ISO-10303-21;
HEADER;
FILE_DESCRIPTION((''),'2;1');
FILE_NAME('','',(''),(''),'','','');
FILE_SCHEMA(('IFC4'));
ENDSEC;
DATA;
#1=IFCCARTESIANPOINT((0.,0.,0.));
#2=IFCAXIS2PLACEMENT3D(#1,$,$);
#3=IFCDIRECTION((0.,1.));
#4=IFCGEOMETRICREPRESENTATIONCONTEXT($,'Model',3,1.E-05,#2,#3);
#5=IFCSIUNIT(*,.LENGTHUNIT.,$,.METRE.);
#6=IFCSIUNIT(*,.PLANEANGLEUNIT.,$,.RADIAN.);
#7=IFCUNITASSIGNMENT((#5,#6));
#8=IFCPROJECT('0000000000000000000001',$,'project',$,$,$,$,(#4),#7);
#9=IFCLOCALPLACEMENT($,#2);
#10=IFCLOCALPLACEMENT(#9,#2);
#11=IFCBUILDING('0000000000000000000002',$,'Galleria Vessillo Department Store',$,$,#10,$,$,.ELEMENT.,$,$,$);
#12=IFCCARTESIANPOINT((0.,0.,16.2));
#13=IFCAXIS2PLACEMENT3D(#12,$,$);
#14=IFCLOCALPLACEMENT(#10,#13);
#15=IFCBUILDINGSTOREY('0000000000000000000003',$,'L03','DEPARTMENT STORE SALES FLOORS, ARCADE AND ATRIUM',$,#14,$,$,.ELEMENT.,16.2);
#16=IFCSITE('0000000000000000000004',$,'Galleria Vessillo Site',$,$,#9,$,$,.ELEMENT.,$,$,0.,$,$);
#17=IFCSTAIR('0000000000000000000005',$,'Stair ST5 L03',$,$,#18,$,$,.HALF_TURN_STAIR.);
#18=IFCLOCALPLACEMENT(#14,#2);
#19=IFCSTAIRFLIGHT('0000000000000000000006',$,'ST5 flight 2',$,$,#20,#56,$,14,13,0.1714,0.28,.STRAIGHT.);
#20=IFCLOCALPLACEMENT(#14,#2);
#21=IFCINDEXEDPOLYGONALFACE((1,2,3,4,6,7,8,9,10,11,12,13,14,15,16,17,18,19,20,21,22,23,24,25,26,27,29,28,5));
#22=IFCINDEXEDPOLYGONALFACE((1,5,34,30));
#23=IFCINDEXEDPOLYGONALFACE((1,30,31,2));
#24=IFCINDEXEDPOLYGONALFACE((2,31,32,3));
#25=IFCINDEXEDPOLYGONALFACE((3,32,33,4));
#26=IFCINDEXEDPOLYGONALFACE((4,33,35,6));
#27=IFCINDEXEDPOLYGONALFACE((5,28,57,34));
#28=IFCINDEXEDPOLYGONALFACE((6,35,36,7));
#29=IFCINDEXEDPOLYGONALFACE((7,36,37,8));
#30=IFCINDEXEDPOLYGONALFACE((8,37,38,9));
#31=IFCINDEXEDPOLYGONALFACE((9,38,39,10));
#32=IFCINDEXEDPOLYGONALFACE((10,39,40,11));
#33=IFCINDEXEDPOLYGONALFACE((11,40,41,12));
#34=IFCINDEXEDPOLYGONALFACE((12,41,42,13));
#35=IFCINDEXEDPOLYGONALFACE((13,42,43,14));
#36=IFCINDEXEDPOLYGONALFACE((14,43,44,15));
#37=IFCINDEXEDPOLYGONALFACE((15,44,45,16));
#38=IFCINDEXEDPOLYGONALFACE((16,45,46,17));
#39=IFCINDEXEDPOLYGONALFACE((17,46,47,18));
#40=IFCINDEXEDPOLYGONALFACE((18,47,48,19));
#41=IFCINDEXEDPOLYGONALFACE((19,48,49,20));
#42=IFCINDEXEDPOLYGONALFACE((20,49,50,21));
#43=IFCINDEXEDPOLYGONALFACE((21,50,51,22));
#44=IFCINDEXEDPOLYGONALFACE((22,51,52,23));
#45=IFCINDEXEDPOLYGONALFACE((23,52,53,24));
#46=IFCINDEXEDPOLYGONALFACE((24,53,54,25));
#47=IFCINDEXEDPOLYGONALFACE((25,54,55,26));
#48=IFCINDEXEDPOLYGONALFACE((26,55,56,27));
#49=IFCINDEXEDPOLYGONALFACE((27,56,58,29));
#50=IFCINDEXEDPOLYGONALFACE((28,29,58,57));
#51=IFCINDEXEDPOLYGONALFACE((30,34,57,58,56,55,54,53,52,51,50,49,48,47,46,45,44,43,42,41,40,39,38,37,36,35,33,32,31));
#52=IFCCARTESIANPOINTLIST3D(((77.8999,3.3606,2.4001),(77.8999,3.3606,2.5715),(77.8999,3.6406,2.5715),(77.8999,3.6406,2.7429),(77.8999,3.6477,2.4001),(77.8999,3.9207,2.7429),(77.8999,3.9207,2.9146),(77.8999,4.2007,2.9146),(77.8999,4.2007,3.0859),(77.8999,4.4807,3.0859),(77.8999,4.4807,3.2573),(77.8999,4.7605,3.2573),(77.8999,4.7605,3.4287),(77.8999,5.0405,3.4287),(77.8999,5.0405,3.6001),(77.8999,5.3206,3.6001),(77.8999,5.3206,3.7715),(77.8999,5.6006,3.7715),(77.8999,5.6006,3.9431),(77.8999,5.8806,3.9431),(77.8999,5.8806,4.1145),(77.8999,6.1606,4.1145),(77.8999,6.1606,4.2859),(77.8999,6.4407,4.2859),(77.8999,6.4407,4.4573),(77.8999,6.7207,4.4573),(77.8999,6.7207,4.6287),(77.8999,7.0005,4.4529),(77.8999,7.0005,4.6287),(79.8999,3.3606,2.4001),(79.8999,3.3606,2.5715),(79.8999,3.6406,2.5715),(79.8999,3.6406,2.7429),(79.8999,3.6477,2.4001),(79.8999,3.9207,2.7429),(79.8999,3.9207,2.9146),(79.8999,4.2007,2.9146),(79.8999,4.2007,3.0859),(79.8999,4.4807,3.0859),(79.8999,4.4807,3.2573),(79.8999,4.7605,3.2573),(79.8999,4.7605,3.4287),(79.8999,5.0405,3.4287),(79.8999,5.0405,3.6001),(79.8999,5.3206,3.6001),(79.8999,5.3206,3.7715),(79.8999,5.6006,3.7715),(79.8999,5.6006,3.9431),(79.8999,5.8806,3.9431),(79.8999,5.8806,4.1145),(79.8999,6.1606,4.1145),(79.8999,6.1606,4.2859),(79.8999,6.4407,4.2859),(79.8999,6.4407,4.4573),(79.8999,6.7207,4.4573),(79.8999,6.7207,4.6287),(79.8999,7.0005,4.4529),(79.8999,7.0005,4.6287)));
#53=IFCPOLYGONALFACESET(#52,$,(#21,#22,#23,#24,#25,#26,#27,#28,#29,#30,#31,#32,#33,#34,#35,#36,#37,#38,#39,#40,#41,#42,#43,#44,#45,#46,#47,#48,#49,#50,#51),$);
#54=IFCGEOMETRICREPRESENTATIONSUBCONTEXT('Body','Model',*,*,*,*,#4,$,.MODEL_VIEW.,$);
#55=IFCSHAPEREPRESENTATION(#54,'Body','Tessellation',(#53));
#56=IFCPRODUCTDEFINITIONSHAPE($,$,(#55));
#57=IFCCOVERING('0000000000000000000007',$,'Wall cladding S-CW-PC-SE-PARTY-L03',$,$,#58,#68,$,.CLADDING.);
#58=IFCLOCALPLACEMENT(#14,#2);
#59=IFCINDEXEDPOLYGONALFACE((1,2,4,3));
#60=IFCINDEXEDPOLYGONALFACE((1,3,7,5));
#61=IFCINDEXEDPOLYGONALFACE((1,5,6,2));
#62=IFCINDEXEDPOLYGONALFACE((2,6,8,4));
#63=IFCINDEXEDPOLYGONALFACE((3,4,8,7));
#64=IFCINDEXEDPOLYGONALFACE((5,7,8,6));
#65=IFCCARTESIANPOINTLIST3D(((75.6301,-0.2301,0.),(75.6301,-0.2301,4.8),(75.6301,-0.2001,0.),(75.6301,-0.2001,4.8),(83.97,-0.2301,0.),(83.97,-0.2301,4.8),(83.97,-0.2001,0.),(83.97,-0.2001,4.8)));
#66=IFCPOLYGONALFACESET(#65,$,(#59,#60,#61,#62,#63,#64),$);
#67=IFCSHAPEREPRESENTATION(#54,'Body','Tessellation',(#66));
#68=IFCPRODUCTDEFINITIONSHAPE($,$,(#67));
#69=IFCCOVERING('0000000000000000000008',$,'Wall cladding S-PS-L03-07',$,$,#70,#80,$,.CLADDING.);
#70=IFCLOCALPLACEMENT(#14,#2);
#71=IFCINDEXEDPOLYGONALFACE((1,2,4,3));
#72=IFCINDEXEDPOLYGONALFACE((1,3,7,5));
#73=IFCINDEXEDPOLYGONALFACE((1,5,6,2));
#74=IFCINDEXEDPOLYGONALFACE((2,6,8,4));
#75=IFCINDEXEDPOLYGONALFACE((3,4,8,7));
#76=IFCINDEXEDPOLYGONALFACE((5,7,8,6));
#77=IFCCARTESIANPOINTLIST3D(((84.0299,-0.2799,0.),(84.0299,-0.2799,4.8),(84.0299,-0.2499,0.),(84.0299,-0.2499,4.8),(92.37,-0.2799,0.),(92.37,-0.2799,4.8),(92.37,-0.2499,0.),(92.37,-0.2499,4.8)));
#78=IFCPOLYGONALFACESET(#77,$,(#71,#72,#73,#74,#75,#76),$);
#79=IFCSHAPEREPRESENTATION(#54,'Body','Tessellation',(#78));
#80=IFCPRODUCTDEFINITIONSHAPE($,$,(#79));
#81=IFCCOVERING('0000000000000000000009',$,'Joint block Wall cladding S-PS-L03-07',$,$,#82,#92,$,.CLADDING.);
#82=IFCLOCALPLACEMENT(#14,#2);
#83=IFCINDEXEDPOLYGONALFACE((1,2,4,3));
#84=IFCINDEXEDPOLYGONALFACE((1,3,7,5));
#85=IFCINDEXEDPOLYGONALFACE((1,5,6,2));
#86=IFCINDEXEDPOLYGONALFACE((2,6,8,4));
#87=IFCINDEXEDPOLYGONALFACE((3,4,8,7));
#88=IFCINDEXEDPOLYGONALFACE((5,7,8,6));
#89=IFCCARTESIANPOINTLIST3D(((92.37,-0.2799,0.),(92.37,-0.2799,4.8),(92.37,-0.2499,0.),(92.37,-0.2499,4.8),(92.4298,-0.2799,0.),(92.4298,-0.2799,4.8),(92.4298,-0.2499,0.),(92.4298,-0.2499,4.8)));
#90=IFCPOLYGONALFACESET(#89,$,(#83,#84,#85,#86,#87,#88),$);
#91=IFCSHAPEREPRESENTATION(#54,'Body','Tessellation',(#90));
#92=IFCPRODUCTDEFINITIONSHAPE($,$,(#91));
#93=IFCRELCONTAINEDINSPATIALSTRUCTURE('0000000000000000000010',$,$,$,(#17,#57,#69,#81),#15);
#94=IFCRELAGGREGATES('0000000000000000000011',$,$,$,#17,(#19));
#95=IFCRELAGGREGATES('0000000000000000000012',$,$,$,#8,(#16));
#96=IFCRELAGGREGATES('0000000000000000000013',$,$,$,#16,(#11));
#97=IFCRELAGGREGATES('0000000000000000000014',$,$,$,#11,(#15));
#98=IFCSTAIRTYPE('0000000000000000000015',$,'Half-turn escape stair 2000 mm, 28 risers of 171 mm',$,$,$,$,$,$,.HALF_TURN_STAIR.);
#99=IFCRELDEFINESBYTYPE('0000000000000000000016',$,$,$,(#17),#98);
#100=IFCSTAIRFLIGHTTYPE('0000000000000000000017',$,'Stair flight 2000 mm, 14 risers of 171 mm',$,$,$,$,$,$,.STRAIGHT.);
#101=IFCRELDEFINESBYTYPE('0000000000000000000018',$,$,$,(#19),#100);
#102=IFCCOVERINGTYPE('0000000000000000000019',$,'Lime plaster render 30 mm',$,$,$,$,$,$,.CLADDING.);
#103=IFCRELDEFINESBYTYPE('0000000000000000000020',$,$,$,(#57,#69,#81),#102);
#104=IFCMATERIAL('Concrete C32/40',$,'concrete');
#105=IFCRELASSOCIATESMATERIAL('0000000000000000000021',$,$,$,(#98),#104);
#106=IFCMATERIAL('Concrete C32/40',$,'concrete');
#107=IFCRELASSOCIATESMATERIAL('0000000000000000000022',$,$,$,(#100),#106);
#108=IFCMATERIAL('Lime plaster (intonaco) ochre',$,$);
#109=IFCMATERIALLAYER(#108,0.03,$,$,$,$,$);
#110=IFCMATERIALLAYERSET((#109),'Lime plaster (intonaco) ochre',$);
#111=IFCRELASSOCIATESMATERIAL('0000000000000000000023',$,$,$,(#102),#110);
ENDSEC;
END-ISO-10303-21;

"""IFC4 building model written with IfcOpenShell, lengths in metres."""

from ifc_helpers import new_model, si_unit, direction, frame, origin, origin_2d, place, context, subcontext, project, spatial, polyline, rectangle, outline, extrude, material, layer, layer_set, type_object, element, aggregate, save


model = new_model("IFC4")

# Units and contexts
model_context = context("Model", 3, precision=1e-05, world=origin(), true_north=direction((0.0, 1.0)))
body_context = subcontext(model_context, "Body", "Model", "MODEL_VIEW")
ifc_project = project(units=[si_unit("LENGTHUNIT", "METRE"), si_unit("PLANEANGLEUNIT", "RADIAN")], contexts=[model_context])

# Site, building, storey
site_placement = place(None, origin())
site = spatial("IfcSite", under=ifc_project, at=site_placement, Name="Galleria Vessillo Site", CompositionType="ELEMENT", RefElevation=0.0)
building_placement = place(site_placement, origin())
building = spatial("IfcBuilding", under=site, at=building_placement, Name="Galleria Vessillo Department Store", CompositionType="ELEMENT")
storey_placement = place(building_placement, frame((0.0, 0.0, 16.2)))
storey = spatial("IfcBuildingStorey", under=building, at=storey_placement, Name="L03", Description="DEPARTMENT STORE SALES FLOORS, ARCADE AND ATRIUM", CompositionType="ELEMENT", Elevation=16.2)

# Stair, stair flight
ifc_material_1 = material(Name="Concrete C32/40", Category="concrete")
stair_type = type_object("IfcStairType", Name="Half-turn escape stair 2000 mm, 28 risers of 171 mm", PredefinedType="HALF_TURN_STAIR", material=ifc_material_1)
stair_placement = place(storey_placement, origin())
stair = element("IfcStair", 1, at=stair_placement, inside=storey, type_object=stair_type, Name="Stair ST5 L03", PredefinedType="HALF_TURN_STAIR")
ifc_material_2 = material(Name="Concrete C32/40", Category="concrete")
stair_flight_type = type_object("IfcStairFlightType", Name="Stair flight 2000 mm, 14 risers of 171 mm", PredefinedType="STRAIGHT", material=ifc_material_2)
stair_flight_placement = place(storey_placement, frame((78.8999, 3.3606, 2.4001), z_axis=(0.0, 0.0, 1.0), x_axis=(0.0, 1.0, 0.0)))
stair_flight = element("IfcStairFlight", 2, at=stair_flight_placement, type_object=stair_flight_type, Name="ST5 flight 2", NumberOfRisers=14, NumberOfTreads=13, PredefinedType="STRAIGHT", RiserHeight=0.1714, TreadLength=0.28, context=body_context, shape_type="SweptSolid", body=[
    extrude(outline(polyline([(0.0, 0.0), (0.0, 0.1714), (0.28, 0.1714), (0.28, 0.3428), (0.5601, 0.3428), (0.5601, 0.5144), (0.8401, 0.5144), (0.8401, 0.6858), (1.1201, 0.6858), (1.1201, 0.8572), (1.3999, 0.8572), (1.3999, 1.0286), (1.6799, 1.0286), (1.6799, 1.2), (1.96, 1.2), (1.96, 1.3713), (2.24, 1.3713), (2.24, 1.543), (2.52, 1.543), (2.52, 1.7144), (2.8, 1.7144), (2.8, 1.8857), (3.0801, 1.8857), (3.0801, 2.0571), (3.3601, 2.0571), (3.3601, 2.2285), (3.6399, 2.2285), (3.6399, 2.3999), (3.6399, 2.0527), (0.2871, 0.0), (0.0, 0.0)])), frame((0.0, 1.0, 0.0), z_axis=(0.0, -1.0, 0.0), x_axis=(1.0, 0.0, 0.0)), (0.0, 0.0, 1.0), 2.0),
])
aggregate(stair, [stair_flight])

# Coverings
ifc_material_3 = material(Name="Lime plaster (intonaco) ochre")
ifc_layer_1 = layer(ifc_material_3, 0.03)
ifc_layer_set_1 = layer_set([ifc_layer_1], Name="Lime plaster (intonaco) ochre")
covering_type = type_object("IfcCoveringType", Name="Lime plaster render 30 mm", PredefinedType="CLADDING", material=ifc_layer_set_1)
covering_1_placement = place(storey_placement, frame((79.8, -0.2151, 0.0), z_axis=(0.0, 0.0, 1.0), x_axis=(1.0, 0.0, 0.0)))
element("IfcCovering", 3, at=covering_1_placement, inside=storey, type_object=covering_type, Name="Wall cladding S-CW-PC-SE-PARTY-L03", PredefinedType="CLADDING", context=body_context, shape_type="SweptSolid", body=[
    extrude(rectangle(XDim=8.3398, YDim=0.03, at=origin_2d()), origin(), (0.0, 0.0, 1.0), 4.8),
])
covering_2_placement = place(storey_placement, frame((88.2, -0.2649, 0.0), z_axis=(0.0, 0.0, 1.0), x_axis=(1.0, 0.0, 0.0)))
element("IfcCovering", 4, at=covering_2_placement, inside=storey, type_object=covering_type, Name="Wall cladding S-PS-L03-07", PredefinedType="CLADDING", context=body_context, shape_type="SweptSolid", body=[
    extrude(rectangle(XDim=8.3401, YDim=0.03, at=origin_2d()), origin(), (0.0, 0.0, 1.0), 4.8),
])
covering_3_placement = place(storey_placement, frame((92.3999, -0.2649, 0.0), z_axis=(0.0, 0.0, 1.0), x_axis=(1.0, 0.0, 0.0)))
element("IfcCovering", 5, at=covering_3_placement, inside=storey, type_object=covering_type, Name="Joint block Wall cladding S-PS-L03-07", PredefinedType="CLADDING", context=body_context, shape_type="SweptSolid", body=[
    extrude(rectangle(XDim=0.0598, YDim=0.03, at=origin_2d()), origin(), (0.0, 0.0, 1.0), 4.8),
])

save(model, "model.ifc")
